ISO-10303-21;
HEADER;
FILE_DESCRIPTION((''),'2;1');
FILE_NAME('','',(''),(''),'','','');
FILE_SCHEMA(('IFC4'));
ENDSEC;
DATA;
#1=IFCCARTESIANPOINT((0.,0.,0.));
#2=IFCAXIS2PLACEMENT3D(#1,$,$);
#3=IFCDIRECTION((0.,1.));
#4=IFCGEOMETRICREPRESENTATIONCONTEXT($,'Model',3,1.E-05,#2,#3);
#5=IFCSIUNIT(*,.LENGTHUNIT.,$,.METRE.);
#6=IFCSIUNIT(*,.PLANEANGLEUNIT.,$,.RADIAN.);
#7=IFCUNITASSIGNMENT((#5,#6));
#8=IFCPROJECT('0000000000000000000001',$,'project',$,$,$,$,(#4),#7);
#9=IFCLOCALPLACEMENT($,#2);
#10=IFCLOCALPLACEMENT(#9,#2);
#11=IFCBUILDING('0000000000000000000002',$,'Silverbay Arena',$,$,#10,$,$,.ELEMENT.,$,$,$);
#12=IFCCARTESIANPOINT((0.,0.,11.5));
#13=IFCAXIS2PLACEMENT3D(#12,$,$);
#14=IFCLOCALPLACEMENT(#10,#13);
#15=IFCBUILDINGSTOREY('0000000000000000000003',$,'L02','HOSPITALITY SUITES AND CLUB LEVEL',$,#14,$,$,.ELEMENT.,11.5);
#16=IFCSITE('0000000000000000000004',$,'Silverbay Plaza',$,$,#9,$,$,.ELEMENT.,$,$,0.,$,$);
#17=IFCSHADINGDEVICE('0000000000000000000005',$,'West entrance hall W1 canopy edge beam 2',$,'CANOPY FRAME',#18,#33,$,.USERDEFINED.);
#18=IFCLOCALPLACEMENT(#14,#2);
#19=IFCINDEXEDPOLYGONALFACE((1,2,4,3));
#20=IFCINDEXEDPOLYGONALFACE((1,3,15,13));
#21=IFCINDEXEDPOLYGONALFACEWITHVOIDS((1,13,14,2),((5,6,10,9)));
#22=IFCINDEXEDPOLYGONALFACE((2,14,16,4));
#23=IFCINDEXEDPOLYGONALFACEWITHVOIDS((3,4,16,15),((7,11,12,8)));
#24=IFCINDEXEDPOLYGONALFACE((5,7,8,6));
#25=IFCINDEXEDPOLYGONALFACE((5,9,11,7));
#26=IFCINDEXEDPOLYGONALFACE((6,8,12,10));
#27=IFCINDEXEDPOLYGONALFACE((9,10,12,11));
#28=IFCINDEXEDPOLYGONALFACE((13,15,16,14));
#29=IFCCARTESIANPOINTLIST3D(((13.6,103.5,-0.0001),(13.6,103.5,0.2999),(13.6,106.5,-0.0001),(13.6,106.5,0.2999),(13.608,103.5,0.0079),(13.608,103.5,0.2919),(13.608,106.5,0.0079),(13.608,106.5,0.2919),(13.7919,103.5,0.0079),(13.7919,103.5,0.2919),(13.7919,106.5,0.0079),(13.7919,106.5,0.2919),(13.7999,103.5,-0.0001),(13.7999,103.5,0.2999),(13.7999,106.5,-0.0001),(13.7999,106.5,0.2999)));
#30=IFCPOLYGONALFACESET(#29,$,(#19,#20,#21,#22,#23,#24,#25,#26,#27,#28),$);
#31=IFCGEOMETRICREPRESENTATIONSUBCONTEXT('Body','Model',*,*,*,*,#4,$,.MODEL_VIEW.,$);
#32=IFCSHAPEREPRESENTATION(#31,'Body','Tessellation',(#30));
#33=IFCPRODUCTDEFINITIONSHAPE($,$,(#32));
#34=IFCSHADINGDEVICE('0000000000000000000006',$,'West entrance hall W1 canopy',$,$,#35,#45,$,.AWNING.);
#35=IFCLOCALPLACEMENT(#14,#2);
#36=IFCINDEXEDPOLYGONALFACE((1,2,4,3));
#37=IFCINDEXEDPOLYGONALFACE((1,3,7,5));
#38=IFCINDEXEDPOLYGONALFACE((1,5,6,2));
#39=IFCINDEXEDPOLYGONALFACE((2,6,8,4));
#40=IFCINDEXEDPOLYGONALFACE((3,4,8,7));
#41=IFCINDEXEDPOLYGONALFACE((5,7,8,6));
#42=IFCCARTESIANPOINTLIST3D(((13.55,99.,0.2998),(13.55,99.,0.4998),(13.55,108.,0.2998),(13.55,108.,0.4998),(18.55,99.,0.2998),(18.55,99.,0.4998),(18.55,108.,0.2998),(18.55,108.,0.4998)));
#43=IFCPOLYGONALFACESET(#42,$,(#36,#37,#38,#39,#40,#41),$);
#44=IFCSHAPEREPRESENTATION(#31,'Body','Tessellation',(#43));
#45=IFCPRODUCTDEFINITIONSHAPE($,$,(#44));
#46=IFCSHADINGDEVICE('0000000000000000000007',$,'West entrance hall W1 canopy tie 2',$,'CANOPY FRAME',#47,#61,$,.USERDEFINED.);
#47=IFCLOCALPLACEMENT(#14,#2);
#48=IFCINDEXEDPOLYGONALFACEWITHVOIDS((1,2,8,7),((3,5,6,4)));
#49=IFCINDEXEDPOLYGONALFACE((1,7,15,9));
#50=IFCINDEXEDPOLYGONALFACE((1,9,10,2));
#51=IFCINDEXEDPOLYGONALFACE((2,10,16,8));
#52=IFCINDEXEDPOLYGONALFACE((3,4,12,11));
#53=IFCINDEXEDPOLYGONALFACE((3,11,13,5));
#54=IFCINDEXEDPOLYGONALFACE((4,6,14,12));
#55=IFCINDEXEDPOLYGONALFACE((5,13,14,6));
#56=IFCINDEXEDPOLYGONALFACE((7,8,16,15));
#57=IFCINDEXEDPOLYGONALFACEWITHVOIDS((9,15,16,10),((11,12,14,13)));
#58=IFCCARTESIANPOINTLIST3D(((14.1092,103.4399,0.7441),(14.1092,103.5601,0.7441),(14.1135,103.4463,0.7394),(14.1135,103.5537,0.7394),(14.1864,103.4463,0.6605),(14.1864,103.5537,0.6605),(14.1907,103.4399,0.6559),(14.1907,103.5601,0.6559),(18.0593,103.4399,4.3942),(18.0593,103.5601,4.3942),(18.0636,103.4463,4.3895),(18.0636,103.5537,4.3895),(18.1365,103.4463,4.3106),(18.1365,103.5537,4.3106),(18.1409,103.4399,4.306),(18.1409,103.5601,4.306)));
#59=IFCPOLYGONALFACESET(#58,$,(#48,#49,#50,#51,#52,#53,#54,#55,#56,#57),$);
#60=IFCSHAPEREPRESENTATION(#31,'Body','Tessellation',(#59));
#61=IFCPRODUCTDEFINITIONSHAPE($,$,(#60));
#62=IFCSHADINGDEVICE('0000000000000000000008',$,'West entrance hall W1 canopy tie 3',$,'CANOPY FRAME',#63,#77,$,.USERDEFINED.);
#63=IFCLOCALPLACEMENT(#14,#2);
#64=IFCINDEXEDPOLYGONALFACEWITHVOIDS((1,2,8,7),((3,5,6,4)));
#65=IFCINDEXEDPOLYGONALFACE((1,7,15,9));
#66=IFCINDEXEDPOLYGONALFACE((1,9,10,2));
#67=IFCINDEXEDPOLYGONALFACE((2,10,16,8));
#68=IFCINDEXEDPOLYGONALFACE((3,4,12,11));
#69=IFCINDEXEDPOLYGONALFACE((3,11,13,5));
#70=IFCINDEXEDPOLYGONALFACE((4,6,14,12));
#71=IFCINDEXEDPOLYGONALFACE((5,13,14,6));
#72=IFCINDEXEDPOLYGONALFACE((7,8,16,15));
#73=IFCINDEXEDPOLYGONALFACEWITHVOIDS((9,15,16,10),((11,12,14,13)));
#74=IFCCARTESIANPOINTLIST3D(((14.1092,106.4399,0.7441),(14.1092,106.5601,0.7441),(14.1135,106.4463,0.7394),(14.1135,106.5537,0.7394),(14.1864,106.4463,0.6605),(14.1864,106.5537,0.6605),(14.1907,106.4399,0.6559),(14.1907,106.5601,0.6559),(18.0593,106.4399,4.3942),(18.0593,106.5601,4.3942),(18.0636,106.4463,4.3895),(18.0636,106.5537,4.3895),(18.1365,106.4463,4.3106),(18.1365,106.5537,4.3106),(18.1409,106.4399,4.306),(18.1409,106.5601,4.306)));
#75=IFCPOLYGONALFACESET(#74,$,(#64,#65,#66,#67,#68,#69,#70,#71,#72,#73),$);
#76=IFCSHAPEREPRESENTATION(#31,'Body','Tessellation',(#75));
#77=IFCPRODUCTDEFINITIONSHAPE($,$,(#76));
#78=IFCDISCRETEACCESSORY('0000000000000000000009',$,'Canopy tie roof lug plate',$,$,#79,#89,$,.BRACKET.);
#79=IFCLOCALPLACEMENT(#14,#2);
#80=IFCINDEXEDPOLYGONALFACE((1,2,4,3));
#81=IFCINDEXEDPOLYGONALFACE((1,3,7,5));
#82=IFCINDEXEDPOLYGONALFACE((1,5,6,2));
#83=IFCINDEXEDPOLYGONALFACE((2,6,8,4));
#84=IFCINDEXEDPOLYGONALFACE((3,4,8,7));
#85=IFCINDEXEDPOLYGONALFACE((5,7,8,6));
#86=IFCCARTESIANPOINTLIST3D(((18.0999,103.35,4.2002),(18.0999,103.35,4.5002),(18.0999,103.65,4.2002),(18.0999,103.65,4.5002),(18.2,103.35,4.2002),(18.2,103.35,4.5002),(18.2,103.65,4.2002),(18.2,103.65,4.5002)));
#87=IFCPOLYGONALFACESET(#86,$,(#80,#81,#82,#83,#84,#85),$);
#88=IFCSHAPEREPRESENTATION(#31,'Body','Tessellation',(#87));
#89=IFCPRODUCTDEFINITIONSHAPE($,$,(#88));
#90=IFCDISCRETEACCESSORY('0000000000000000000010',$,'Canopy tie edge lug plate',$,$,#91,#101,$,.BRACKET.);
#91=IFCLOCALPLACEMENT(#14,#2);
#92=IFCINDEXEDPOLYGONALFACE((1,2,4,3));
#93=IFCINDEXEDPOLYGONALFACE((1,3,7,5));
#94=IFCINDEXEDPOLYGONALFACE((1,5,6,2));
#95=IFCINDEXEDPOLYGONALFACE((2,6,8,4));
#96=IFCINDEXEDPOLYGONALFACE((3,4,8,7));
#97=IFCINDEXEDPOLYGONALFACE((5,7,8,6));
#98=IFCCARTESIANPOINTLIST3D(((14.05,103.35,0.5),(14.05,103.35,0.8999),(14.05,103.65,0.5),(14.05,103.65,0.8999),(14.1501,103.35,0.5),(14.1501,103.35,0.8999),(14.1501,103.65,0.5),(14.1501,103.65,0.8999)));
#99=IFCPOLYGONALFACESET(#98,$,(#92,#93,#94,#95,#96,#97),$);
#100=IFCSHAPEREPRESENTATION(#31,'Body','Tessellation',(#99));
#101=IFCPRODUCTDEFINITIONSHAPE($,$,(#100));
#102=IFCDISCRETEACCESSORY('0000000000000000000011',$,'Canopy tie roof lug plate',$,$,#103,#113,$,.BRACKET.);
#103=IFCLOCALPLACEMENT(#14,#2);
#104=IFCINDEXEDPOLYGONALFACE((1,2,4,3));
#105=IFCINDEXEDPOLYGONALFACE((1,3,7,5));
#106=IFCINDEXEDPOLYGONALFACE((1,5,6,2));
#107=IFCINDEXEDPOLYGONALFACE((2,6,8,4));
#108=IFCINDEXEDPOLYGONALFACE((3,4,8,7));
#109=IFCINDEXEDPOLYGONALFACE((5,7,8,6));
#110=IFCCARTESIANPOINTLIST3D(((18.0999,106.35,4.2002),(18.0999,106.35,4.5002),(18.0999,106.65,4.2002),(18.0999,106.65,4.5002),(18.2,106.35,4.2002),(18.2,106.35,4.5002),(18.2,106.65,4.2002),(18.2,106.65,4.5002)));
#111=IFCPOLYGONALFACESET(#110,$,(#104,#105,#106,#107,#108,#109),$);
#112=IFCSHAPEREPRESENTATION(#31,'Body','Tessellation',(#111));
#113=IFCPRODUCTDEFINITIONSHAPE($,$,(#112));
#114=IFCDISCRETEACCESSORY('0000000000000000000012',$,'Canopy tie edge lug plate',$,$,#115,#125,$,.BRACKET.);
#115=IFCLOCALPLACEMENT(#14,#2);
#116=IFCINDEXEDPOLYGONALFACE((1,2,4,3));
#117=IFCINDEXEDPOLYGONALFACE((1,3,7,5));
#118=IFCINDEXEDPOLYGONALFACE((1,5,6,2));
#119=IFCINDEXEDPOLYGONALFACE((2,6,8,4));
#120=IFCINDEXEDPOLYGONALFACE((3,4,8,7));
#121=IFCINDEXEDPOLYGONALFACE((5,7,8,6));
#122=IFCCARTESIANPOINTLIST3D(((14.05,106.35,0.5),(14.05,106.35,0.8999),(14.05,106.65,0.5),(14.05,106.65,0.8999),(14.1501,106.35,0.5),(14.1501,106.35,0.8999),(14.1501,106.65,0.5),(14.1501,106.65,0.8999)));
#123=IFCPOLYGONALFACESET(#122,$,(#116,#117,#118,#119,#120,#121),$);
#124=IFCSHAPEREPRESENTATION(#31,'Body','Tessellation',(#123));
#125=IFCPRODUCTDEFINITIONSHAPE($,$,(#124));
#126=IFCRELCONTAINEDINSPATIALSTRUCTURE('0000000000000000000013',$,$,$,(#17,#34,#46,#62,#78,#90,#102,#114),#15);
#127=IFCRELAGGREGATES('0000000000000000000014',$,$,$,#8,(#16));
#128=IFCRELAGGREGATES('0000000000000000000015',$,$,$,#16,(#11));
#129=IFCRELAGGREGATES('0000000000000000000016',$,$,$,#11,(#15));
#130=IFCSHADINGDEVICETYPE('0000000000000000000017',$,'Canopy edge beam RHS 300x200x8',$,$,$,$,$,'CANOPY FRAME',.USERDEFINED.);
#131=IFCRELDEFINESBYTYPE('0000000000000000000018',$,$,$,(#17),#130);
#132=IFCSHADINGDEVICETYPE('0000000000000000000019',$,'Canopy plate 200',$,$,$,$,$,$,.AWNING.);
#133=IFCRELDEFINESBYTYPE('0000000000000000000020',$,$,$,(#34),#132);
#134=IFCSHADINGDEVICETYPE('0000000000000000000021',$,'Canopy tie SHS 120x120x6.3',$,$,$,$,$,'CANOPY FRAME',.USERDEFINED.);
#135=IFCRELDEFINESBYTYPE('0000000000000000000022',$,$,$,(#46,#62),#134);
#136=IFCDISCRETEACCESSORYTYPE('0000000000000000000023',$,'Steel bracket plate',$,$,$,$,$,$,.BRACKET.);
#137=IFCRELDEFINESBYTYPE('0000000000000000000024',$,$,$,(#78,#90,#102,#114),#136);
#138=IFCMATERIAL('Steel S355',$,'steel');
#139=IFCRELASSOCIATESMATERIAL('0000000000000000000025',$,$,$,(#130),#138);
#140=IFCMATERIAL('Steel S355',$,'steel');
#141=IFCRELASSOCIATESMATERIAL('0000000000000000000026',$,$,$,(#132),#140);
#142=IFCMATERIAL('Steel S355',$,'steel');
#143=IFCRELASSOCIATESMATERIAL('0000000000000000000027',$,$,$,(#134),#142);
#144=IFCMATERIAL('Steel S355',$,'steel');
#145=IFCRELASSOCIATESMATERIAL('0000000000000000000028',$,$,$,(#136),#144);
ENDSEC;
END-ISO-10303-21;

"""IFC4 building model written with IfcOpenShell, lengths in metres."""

from ifc_helpers import new_model, si_unit, direction, frame, origin, origin_2d, place, context, subcontext, project, spatial, rectangle, hollow_rectangle, extrude, material, material_profile, profile_set, type_object, element, save


model = new_model("IFC4")

# Units and contexts
model_context = context("Model", 3, precision=1e-05, world=origin(), true_north=direction((0.0, 1.0)))
body_context = subcontext(model_context, "Body", "Model", "MODEL_VIEW")
ifc_project = project(units=[si_unit("LENGTHUNIT", "METRE"), si_unit("PLANEANGLEUNIT", "RADIAN")], contexts=[model_context])

# Site, building, storey
site_placement = place(None, origin())
site = spatial("IfcSite", under=ifc_project, at=site_placement, Name="Silverbay Plaza", CompositionType="ELEMENT", RefElevation=0.0)
building_placement = place(site_placement, origin())
building = spatial("IfcBuilding", under=site, at=building_placement, Name="Silverbay Arena", CompositionType="ELEMENT")
storey_placement = place(building_placement, frame((0.0, 0.0, 11.5)))
storey = spatial("IfcBuildingStorey", under=building, at=storey_placement, Name="L02", Description="HOSPITALITY SUITES AND CLUB LEVEL", CompositionType="ELEMENT", Elevation=11.5)

# Shading devices
ifc_material_1 = material(Name="Steel S355", Category="steel")
ifc_material_profile_1 = material_profile(ifc_material_1, hollow_rectangle(XDim=0.2, YDim=0.3, WallThickness=0.0081, at=origin_2d()), Name="RHS 300x200x8")
ifc_profile_set_1 = profile_set([ifc_material_profile_1], Name="Steel S355")
shading_device_type_1 = type_object("IfcShadingDeviceType", Name="Canopy edge beam RHS 300x200x8", ElementType="CANOPY FRAME", PredefinedType="USERDEFINED", material=ifc_profile_set_1)
shading_device_1_placement = place(storey_placement, frame((13.7, 103.5, 0.1499), z_axis=(0.0, 1.0, 0.0), x_axis=(-1.0, 0.0, 0.0)))
element("IfcShadingDevice", 1, at=shading_device_1_placement, inside=storey, type_object=shading_device_type_1, Name="West entrance hall W1 canopy edge beam 2", ObjectType="CANOPY FRAME", PredefinedType="USERDEFINED", context=body_context, shape_type="SweptSolid", body=[
    extrude(hollow_rectangle(XDim=0.2, YDim=0.3, WallThickness=0.0081, at=origin_2d()), origin(), (0.0, 0.0, 1.0), 3.0),
])
ifc_material_2 = material(Name="Steel S355", Category="steel")
shading_device_type_2 = type_object("IfcShadingDeviceType", Name="Canopy plate 200", PredefinedType="AWNING", material=ifc_material_2)
shading_device_2_placement = place(storey_placement, frame((16.05, 103.5, 0.2998), z_axis=(0.0, 0.0, 1.0), x_axis=(1.0, 0.0, 0.0)))
element("IfcShadingDevice", 2, at=shading_device_2_placement, inside=storey, type_object=shading_device_type_2, Name="West entrance hall W1 canopy", PredefinedType="AWNING", context=body_context, shape_type="SweptSolid", body=[
    extrude(rectangle(XDim=5.0, YDim=9.0, at=origin_2d()), origin(), (0.0, 0.0, 1.0), 0.2),
])
ifc_material_3 = material(Name="Steel S355", Category="steel")
ifc_material_profile_2 = material_profile(ifc_material_3, hollow_rectangle(XDim=0.1201, YDim=0.1201, WallThickness=0.0063, at=origin_2d()), Name="SHS 120x120x6.3")
ifc_profile_set_2 = profile_set([ifc_material_profile_2], Name="Steel S355")
shading_device_type_3 = type_object("IfcShadingDeviceType", Name="Canopy tie SHS 120x120x6.3", ElementType="CANOPY FRAME", PredefinedType="USERDEFINED", material=ifc_profile_set_2)
for number, where, z_axis, x_axis, name in (
    (3, (18.1001, 103.5, 4.3501), (-0.73445, 0.0, -0.678663), (0.0, -1.0, 0.0), "West entrance hall W1 canopy tie 2"),
    (4, (18.1001, 106.5, 4.3501), (-0.73445, 0.0, -0.678663), (0.0, -1.0, 0.0), "West entrance hall W1 canopy tie 3"),
):
    element("IfcShadingDevice", number, at=place(storey_placement, frame(where, z_axis=z_axis, x_axis=x_axis)), inside=storey, type_object=shading_device_type_3, Name=name, ObjectType="CANOPY FRAME", PredefinedType="USERDEFINED", context=body_context, shape_type="SweptSolid", body=[
        extrude(hollow_rectangle(XDim=0.1201, YDim=0.1201, WallThickness=0.0063, at=origin_2d()), origin(), (0.0, 0.0, 1.0), 5.3784),
    ])

# Discrete accessories
ifc_material_4 = material(Name="Steel S355", Category="steel")
discrete_accessory_type = type_object("IfcDiscreteAccessoryType", Name="Steel bracket plate", PredefinedType="BRACKET", material=ifc_material_4)
discrete_accessory_1_placement = place(storey_placement, frame((18.1499, 103.5, 4.2002), z_axis=(0.0, 0.0, 1.0), x_axis=(1.0, 0.0, 0.0)))
element("IfcDiscreteAccessory", 5, at=discrete_accessory_1_placement, inside=storey, type_object=discrete_accessory_type, Name="Canopy tie roof lug plate", PredefinedType="BRACKET", context=body_context, shape_type="SweptSolid", body=[
    extrude(rectangle(XDim=0.1001, YDim=0.3, at=origin_2d()), origin(), (0.0, 0.0, 1.0), 0.3),
])
discrete_accessory_2_placement = place(storey_placement, frame((14.1001, 103.5, 0.5), z_axis=(0.0, 0.0, 1.0), x_axis=(1.0, 0.0, 0.0)))
element("IfcDiscreteAccessory", 6, at=discrete_accessory_2_placement, inside=storey, type_object=discrete_accessory_type, Name="Canopy tie edge lug plate", PredefinedType="BRACKET", context=body_context, shape_type="SweptSolid", body=[
    extrude(rectangle(XDim=0.1001, YDim=0.3, at=origin_2d()), origin(), (0.0, 0.0, 1.0), 0.3999),
])
discrete_accessory_3_placement = place(storey_placement, frame((18.1499, 106.5, 4.2002), z_axis=(0.0, 0.0, 1.0), x_axis=(1.0, 0.0, 0.0)))
element("IfcDiscreteAccessory", 7, at=discrete_accessory_3_placement, inside=storey, type_object=discrete_accessory_type, Name="Canopy tie roof lug plate", PredefinedType="BRACKET", context=body_context, shape_type="SweptSolid", body=[
    extrude(rectangle(XDim=0.1001, YDim=0.3, at=origin_2d()), origin(), (0.0, 0.0, 1.0), 0.3),
])
discrete_accessory_4_placement = place(storey_placement, frame((14.1001, 106.5, 0.5), z_axis=(0.0, 0.0, 1.0), x_axis=(1.0, 0.0, 0.0)))
element("IfcDiscreteAccessory", 8, at=discrete_accessory_4_placement, inside=storey, type_object=discrete_accessory_type, Name="Canopy tie edge lug plate", PredefinedType="BRACKET", context=body_context, shape_type="SweptSolid", body=[
    extrude(rectangle(XDim=0.1001, YDim=0.3, at=origin_2d()), origin(), (0.0, 0.0, 1.0), 0.3999),
])

save(model, "model.ifc")
